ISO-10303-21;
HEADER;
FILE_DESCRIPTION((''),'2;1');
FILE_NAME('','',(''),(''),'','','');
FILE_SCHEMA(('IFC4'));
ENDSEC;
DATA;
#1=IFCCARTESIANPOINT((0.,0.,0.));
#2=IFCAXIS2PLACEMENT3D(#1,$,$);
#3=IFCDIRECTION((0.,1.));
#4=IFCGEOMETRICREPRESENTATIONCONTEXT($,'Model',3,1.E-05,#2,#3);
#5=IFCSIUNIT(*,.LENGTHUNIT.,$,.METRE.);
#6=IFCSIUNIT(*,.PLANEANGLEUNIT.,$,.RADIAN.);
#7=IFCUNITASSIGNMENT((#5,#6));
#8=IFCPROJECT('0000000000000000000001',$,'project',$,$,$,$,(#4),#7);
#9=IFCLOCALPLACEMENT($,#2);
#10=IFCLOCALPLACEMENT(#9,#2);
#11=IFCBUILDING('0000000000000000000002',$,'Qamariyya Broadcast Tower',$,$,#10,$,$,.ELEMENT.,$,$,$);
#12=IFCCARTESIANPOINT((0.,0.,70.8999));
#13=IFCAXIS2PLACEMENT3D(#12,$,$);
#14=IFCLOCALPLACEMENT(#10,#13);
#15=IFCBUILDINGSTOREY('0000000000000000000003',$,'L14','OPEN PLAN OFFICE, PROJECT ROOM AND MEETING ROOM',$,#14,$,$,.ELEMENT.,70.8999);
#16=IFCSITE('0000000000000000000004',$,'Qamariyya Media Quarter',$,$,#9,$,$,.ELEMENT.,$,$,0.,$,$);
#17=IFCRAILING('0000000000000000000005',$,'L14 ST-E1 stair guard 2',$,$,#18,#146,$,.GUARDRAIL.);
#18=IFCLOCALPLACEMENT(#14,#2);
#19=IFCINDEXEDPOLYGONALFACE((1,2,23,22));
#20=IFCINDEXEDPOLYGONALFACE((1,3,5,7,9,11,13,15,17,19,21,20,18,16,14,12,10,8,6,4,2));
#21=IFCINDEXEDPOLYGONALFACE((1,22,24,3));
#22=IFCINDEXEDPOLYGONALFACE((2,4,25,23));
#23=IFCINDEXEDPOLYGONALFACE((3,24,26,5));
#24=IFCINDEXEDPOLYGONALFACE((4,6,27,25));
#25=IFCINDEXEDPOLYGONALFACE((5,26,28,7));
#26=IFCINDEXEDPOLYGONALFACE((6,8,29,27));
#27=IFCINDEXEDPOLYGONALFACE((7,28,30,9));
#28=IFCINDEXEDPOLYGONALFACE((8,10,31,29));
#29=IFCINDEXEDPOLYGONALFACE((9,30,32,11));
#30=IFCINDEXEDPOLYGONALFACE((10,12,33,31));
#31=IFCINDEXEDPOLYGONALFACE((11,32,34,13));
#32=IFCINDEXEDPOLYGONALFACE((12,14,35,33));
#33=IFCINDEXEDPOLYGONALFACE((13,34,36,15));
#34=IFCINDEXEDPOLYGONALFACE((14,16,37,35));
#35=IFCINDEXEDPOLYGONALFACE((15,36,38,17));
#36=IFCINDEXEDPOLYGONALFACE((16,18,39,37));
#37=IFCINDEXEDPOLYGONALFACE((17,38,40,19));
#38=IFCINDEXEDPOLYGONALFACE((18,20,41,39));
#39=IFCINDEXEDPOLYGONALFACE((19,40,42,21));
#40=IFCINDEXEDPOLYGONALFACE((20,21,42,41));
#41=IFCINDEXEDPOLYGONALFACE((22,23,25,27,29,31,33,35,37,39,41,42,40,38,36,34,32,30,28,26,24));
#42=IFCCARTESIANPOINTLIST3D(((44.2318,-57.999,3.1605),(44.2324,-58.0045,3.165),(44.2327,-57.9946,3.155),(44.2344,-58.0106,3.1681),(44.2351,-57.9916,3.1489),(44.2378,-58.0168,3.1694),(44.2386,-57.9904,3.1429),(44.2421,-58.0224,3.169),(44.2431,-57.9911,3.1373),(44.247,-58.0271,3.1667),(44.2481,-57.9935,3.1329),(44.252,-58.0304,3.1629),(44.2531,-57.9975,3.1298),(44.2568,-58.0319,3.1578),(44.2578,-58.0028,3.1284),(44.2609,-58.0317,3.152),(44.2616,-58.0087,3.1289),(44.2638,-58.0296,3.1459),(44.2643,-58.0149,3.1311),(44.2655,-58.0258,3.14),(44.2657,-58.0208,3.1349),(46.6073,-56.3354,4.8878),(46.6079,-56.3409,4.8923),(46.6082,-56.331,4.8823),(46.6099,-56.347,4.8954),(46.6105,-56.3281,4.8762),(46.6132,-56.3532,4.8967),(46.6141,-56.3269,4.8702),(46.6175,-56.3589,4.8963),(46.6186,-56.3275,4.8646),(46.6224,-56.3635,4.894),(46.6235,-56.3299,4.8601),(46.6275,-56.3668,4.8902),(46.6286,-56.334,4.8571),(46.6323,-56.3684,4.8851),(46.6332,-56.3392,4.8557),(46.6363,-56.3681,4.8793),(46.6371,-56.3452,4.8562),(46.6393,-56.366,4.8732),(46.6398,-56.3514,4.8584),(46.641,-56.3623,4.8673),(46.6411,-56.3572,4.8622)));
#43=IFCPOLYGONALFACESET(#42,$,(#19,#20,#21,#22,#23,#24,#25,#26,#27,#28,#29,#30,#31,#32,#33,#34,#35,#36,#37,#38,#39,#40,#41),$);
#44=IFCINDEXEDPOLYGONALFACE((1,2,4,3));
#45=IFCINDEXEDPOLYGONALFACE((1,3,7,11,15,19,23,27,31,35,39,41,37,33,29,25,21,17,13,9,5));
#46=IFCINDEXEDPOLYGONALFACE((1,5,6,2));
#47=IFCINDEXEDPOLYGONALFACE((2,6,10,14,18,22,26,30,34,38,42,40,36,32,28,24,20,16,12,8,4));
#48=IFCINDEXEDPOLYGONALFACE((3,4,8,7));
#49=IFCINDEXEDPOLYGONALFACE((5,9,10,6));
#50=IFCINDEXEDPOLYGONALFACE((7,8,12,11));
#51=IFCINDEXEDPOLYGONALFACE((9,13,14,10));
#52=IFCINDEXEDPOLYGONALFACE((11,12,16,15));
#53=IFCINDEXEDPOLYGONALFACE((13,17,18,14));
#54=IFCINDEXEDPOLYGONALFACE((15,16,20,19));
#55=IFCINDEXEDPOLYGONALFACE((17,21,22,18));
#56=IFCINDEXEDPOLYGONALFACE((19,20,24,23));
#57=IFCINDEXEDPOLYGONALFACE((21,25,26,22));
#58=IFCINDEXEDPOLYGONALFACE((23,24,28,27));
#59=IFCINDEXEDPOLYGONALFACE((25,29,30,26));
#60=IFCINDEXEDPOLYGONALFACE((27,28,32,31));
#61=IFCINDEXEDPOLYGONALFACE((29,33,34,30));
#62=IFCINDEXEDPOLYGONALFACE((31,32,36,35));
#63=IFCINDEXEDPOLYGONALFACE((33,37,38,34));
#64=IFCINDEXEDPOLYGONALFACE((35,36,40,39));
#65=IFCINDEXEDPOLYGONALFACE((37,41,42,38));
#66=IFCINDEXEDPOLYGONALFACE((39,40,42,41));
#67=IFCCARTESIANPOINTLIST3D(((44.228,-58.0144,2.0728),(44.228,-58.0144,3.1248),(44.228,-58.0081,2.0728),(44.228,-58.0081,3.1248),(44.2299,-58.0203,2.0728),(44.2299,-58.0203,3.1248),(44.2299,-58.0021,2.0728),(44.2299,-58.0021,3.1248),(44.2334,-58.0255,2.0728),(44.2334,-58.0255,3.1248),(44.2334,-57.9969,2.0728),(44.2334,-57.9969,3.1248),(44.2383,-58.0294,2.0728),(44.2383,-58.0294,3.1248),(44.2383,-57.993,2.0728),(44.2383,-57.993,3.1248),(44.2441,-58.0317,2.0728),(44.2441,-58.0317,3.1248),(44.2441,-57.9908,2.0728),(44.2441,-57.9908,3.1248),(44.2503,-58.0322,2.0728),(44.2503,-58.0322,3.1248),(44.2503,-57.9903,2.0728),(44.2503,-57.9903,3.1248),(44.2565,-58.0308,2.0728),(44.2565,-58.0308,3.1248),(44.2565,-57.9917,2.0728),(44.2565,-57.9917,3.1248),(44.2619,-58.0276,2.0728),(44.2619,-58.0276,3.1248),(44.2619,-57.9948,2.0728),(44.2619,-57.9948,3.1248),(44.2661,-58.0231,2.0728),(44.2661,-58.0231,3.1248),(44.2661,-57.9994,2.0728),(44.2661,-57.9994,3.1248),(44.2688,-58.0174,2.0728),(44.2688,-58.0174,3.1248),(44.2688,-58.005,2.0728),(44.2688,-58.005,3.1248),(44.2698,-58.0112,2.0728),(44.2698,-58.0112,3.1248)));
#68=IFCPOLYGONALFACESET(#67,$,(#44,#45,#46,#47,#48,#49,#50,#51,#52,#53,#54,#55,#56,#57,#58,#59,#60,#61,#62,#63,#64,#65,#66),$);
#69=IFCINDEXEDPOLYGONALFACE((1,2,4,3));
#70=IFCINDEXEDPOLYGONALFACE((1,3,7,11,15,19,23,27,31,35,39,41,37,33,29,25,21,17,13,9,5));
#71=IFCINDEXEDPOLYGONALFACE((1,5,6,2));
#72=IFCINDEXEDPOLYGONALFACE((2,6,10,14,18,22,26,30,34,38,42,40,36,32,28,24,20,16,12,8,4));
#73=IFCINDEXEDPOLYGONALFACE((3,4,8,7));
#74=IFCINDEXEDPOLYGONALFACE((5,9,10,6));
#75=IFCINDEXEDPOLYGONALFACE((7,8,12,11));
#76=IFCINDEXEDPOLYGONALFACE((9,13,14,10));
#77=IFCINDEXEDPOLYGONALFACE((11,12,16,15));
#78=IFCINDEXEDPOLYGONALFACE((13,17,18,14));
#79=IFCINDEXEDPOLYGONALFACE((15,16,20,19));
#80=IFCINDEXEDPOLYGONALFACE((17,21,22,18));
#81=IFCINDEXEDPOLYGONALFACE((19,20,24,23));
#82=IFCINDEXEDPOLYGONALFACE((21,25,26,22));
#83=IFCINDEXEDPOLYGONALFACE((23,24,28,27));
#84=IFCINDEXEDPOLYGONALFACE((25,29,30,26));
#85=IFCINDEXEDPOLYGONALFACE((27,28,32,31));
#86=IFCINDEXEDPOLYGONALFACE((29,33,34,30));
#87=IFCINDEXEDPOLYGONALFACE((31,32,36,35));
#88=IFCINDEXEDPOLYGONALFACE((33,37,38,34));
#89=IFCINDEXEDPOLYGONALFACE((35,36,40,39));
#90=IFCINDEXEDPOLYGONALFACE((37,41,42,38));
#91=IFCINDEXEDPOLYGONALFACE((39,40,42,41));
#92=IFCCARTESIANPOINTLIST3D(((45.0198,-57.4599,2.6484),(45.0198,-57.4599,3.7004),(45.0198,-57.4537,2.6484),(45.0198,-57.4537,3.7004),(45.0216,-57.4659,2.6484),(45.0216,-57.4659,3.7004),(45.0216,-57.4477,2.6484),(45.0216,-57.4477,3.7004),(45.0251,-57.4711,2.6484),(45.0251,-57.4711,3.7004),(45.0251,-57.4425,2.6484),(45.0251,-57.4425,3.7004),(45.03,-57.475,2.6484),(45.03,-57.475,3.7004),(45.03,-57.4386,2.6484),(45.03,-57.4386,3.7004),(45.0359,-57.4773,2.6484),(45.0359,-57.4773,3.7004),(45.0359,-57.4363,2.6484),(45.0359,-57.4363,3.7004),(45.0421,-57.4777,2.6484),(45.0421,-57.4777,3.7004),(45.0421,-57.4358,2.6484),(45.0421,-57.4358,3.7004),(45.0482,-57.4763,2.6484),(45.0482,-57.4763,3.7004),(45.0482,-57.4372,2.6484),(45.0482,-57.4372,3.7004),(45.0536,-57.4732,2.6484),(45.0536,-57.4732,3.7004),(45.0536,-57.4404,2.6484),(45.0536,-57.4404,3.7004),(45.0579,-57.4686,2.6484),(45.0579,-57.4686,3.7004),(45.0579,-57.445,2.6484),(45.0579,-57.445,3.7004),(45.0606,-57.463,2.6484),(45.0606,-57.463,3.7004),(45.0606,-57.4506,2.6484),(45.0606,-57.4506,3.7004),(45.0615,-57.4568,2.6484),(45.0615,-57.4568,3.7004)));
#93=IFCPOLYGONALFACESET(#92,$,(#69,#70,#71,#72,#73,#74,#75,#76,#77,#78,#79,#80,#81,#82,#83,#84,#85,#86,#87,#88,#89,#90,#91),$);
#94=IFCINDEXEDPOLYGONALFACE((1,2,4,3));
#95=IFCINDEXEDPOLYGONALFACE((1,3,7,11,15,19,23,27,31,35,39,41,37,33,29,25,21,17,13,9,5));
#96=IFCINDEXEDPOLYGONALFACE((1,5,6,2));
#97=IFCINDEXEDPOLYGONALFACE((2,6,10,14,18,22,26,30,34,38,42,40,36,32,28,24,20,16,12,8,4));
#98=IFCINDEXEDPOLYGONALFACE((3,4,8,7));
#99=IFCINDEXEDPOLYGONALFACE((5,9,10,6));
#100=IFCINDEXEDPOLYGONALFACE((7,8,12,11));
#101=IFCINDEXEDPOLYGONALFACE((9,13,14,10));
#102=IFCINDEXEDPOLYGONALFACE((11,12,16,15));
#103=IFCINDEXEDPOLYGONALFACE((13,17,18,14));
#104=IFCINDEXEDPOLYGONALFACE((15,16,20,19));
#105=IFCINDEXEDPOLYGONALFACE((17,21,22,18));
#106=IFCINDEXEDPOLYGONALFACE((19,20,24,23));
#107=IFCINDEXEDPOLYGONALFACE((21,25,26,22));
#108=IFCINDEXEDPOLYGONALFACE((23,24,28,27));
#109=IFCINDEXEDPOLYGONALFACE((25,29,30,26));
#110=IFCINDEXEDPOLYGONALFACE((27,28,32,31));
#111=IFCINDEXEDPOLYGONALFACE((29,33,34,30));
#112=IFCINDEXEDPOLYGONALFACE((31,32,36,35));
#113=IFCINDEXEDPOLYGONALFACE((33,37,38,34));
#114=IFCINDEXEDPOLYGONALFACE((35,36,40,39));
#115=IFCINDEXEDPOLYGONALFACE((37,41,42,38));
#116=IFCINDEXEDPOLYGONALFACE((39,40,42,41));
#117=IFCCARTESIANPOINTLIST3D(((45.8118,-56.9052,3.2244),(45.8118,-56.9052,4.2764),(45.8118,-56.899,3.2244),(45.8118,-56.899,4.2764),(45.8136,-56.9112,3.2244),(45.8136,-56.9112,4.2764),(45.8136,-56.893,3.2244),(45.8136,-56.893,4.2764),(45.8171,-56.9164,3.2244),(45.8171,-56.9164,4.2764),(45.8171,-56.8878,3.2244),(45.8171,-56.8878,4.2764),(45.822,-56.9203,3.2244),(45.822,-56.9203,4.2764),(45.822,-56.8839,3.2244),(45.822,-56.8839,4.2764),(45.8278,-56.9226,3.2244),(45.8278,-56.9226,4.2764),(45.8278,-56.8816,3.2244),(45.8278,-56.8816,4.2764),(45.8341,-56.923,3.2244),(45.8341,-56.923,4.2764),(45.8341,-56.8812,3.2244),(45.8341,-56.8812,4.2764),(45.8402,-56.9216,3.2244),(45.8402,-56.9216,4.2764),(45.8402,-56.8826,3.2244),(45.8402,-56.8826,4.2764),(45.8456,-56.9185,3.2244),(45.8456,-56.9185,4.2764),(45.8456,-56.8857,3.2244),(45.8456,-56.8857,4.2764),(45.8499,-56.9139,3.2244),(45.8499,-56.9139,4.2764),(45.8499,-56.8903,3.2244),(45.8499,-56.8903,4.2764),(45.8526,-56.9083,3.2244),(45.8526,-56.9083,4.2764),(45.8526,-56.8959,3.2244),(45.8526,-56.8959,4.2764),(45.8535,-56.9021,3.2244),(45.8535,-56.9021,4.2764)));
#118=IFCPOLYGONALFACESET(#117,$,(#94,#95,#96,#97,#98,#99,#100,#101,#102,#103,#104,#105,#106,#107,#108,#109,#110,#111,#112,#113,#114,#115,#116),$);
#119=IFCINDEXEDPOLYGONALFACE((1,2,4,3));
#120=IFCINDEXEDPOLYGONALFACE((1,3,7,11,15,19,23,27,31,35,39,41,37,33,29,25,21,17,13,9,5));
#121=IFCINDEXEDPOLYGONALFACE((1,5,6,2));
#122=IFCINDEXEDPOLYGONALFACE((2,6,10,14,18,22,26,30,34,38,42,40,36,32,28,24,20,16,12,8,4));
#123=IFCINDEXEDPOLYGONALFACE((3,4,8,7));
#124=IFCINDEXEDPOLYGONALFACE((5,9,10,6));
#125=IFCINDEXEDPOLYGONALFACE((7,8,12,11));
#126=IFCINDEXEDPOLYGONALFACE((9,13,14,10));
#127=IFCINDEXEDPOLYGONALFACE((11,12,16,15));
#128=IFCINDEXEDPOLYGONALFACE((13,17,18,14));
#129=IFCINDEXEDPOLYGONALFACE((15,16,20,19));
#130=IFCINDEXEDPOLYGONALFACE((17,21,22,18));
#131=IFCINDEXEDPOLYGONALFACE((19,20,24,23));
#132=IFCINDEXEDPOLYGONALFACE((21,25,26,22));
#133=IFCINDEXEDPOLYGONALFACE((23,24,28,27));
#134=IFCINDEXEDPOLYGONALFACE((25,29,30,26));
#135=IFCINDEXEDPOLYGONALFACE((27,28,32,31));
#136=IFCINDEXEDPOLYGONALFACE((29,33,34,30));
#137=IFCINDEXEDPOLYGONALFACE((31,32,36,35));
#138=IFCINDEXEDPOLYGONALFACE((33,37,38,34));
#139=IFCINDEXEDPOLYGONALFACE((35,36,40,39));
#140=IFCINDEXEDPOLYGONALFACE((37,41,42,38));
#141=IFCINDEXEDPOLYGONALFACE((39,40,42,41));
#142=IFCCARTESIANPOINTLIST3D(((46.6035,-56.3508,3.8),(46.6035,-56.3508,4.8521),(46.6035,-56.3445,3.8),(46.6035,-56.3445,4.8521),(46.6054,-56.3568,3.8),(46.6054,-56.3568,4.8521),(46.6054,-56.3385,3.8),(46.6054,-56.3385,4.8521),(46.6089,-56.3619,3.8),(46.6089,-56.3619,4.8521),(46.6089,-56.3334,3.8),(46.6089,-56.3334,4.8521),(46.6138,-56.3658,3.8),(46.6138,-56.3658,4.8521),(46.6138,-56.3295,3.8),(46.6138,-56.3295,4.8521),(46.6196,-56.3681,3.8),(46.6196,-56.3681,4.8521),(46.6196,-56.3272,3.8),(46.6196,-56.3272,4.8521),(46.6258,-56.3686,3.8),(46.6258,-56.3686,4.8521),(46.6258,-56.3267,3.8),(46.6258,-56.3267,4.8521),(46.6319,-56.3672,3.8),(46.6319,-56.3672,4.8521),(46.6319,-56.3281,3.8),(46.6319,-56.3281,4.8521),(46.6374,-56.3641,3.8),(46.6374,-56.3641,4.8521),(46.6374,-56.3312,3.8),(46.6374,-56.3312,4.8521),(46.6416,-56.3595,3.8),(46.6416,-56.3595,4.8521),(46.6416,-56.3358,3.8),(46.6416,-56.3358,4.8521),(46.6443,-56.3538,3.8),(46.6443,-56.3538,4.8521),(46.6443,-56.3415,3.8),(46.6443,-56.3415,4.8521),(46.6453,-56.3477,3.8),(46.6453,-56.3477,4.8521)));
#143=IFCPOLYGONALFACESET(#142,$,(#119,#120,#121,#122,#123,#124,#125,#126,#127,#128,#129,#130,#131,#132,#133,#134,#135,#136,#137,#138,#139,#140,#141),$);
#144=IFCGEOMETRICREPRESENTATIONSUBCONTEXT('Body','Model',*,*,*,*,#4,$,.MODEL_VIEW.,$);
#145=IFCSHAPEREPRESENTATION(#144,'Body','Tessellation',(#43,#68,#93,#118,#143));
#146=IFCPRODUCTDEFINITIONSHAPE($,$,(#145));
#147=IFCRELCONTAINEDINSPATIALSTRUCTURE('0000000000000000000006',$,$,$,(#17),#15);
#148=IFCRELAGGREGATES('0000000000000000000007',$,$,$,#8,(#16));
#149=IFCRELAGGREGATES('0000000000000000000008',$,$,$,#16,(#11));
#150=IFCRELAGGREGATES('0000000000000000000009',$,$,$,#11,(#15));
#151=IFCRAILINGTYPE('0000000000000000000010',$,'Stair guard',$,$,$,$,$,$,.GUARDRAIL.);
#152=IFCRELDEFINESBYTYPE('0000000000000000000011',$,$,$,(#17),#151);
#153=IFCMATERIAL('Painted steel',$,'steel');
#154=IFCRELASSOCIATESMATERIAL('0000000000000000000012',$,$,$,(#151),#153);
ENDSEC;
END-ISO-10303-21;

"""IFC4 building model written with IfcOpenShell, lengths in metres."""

from ifc_helpers import new_model, si_unit, direction, frame, origin, origin_2d, place, context, subcontext, project, spatial, circle, extrude, material, type_object, element, save


model = new_model("IFC4")

# Units and contexts
model_context = context("Model", 3, precision=1e-05, world=origin(), true_north=direction((0.0, 1.0)))
body_context = subcontext(model_context, "Body", "Model", "MODEL_VIEW")
ifc_project = project(units=[si_unit("LENGTHUNIT", "METRE"), si_unit("PLANEANGLEUNIT", "RADIAN")], contexts=[model_context])

# Site, building, storey
site_placement = place(None, origin())
site = spatial("IfcSite", under=ifc_project, at=site_placement, Name="Qamariyya Media Quarter", CompositionType="ELEMENT", RefElevation=0.0)
building_placement = place(site_placement, origin())
building = spatial("IfcBuilding", under=site, at=building_placement, Name="Qamariyya Broadcast Tower", CompositionType="ELEMENT")
storey_placement = place(building_placement, frame((0.0, 0.0, 70.8999)))
storey = spatial("IfcBuildingStorey", under=building, at=storey_placement, Name="L14", Description="OPEN PLAN OFFICE, PROJECT ROOM AND MEETING ROOM", CompositionType="ELEMENT", Elevation=70.8999)

# Railing
ifc_material_1 = material(Name="Painted steel", Category="steel")
railing_type_1 = type_object("IfcRailingType", Name="Stair guard", PredefinedType="GUARDRAIL", material=ifc_material_1)
railing_1_placement = place(storey_placement, frame((44.2488, -58.0112, 2.0728)))
element("IfcRailing", 1, at=railing_1_placement, inside=storey, type_object=railing_type_1, Name="L14 ST-E1 stair guard 2", PredefinedType="GUARDRAIL", context=body_context, shape_type="SweptSolid", body=[
    extrude(circle(Radius=0.0239, at=origin_2d()), frame((0.0, 0.0, 1.0762), z_axis=(0.703745, 0.492838, 0.511716), x_axis=(-0.573632, 0.819113, 0.0)), (0.0, 0.0, 1.0), 3.3755),
    extrude(circle(Radius=0.021, at=origin_2d()), origin(), (0.0, 0.0, 1.0), 1.052),
    extrude(circle(Radius=0.021, at=origin_2d()), frame((0.7917, 0.5544, 0.5757)), (0.0, 0.0, 1.0), 1.052),
    extrude(circle(Radius=0.021, at=origin_2d()), frame((1.5837, 1.1091, 1.1516)), (0.0, 0.0, 1.0), 1.052),
    extrude(circle(Radius=0.021, at=origin_2d()), frame((2.3755, 1.6636, 1.7273)), (0.0, 0.0, 1.0), 1.052),
])

save(model, "model.ifc")
